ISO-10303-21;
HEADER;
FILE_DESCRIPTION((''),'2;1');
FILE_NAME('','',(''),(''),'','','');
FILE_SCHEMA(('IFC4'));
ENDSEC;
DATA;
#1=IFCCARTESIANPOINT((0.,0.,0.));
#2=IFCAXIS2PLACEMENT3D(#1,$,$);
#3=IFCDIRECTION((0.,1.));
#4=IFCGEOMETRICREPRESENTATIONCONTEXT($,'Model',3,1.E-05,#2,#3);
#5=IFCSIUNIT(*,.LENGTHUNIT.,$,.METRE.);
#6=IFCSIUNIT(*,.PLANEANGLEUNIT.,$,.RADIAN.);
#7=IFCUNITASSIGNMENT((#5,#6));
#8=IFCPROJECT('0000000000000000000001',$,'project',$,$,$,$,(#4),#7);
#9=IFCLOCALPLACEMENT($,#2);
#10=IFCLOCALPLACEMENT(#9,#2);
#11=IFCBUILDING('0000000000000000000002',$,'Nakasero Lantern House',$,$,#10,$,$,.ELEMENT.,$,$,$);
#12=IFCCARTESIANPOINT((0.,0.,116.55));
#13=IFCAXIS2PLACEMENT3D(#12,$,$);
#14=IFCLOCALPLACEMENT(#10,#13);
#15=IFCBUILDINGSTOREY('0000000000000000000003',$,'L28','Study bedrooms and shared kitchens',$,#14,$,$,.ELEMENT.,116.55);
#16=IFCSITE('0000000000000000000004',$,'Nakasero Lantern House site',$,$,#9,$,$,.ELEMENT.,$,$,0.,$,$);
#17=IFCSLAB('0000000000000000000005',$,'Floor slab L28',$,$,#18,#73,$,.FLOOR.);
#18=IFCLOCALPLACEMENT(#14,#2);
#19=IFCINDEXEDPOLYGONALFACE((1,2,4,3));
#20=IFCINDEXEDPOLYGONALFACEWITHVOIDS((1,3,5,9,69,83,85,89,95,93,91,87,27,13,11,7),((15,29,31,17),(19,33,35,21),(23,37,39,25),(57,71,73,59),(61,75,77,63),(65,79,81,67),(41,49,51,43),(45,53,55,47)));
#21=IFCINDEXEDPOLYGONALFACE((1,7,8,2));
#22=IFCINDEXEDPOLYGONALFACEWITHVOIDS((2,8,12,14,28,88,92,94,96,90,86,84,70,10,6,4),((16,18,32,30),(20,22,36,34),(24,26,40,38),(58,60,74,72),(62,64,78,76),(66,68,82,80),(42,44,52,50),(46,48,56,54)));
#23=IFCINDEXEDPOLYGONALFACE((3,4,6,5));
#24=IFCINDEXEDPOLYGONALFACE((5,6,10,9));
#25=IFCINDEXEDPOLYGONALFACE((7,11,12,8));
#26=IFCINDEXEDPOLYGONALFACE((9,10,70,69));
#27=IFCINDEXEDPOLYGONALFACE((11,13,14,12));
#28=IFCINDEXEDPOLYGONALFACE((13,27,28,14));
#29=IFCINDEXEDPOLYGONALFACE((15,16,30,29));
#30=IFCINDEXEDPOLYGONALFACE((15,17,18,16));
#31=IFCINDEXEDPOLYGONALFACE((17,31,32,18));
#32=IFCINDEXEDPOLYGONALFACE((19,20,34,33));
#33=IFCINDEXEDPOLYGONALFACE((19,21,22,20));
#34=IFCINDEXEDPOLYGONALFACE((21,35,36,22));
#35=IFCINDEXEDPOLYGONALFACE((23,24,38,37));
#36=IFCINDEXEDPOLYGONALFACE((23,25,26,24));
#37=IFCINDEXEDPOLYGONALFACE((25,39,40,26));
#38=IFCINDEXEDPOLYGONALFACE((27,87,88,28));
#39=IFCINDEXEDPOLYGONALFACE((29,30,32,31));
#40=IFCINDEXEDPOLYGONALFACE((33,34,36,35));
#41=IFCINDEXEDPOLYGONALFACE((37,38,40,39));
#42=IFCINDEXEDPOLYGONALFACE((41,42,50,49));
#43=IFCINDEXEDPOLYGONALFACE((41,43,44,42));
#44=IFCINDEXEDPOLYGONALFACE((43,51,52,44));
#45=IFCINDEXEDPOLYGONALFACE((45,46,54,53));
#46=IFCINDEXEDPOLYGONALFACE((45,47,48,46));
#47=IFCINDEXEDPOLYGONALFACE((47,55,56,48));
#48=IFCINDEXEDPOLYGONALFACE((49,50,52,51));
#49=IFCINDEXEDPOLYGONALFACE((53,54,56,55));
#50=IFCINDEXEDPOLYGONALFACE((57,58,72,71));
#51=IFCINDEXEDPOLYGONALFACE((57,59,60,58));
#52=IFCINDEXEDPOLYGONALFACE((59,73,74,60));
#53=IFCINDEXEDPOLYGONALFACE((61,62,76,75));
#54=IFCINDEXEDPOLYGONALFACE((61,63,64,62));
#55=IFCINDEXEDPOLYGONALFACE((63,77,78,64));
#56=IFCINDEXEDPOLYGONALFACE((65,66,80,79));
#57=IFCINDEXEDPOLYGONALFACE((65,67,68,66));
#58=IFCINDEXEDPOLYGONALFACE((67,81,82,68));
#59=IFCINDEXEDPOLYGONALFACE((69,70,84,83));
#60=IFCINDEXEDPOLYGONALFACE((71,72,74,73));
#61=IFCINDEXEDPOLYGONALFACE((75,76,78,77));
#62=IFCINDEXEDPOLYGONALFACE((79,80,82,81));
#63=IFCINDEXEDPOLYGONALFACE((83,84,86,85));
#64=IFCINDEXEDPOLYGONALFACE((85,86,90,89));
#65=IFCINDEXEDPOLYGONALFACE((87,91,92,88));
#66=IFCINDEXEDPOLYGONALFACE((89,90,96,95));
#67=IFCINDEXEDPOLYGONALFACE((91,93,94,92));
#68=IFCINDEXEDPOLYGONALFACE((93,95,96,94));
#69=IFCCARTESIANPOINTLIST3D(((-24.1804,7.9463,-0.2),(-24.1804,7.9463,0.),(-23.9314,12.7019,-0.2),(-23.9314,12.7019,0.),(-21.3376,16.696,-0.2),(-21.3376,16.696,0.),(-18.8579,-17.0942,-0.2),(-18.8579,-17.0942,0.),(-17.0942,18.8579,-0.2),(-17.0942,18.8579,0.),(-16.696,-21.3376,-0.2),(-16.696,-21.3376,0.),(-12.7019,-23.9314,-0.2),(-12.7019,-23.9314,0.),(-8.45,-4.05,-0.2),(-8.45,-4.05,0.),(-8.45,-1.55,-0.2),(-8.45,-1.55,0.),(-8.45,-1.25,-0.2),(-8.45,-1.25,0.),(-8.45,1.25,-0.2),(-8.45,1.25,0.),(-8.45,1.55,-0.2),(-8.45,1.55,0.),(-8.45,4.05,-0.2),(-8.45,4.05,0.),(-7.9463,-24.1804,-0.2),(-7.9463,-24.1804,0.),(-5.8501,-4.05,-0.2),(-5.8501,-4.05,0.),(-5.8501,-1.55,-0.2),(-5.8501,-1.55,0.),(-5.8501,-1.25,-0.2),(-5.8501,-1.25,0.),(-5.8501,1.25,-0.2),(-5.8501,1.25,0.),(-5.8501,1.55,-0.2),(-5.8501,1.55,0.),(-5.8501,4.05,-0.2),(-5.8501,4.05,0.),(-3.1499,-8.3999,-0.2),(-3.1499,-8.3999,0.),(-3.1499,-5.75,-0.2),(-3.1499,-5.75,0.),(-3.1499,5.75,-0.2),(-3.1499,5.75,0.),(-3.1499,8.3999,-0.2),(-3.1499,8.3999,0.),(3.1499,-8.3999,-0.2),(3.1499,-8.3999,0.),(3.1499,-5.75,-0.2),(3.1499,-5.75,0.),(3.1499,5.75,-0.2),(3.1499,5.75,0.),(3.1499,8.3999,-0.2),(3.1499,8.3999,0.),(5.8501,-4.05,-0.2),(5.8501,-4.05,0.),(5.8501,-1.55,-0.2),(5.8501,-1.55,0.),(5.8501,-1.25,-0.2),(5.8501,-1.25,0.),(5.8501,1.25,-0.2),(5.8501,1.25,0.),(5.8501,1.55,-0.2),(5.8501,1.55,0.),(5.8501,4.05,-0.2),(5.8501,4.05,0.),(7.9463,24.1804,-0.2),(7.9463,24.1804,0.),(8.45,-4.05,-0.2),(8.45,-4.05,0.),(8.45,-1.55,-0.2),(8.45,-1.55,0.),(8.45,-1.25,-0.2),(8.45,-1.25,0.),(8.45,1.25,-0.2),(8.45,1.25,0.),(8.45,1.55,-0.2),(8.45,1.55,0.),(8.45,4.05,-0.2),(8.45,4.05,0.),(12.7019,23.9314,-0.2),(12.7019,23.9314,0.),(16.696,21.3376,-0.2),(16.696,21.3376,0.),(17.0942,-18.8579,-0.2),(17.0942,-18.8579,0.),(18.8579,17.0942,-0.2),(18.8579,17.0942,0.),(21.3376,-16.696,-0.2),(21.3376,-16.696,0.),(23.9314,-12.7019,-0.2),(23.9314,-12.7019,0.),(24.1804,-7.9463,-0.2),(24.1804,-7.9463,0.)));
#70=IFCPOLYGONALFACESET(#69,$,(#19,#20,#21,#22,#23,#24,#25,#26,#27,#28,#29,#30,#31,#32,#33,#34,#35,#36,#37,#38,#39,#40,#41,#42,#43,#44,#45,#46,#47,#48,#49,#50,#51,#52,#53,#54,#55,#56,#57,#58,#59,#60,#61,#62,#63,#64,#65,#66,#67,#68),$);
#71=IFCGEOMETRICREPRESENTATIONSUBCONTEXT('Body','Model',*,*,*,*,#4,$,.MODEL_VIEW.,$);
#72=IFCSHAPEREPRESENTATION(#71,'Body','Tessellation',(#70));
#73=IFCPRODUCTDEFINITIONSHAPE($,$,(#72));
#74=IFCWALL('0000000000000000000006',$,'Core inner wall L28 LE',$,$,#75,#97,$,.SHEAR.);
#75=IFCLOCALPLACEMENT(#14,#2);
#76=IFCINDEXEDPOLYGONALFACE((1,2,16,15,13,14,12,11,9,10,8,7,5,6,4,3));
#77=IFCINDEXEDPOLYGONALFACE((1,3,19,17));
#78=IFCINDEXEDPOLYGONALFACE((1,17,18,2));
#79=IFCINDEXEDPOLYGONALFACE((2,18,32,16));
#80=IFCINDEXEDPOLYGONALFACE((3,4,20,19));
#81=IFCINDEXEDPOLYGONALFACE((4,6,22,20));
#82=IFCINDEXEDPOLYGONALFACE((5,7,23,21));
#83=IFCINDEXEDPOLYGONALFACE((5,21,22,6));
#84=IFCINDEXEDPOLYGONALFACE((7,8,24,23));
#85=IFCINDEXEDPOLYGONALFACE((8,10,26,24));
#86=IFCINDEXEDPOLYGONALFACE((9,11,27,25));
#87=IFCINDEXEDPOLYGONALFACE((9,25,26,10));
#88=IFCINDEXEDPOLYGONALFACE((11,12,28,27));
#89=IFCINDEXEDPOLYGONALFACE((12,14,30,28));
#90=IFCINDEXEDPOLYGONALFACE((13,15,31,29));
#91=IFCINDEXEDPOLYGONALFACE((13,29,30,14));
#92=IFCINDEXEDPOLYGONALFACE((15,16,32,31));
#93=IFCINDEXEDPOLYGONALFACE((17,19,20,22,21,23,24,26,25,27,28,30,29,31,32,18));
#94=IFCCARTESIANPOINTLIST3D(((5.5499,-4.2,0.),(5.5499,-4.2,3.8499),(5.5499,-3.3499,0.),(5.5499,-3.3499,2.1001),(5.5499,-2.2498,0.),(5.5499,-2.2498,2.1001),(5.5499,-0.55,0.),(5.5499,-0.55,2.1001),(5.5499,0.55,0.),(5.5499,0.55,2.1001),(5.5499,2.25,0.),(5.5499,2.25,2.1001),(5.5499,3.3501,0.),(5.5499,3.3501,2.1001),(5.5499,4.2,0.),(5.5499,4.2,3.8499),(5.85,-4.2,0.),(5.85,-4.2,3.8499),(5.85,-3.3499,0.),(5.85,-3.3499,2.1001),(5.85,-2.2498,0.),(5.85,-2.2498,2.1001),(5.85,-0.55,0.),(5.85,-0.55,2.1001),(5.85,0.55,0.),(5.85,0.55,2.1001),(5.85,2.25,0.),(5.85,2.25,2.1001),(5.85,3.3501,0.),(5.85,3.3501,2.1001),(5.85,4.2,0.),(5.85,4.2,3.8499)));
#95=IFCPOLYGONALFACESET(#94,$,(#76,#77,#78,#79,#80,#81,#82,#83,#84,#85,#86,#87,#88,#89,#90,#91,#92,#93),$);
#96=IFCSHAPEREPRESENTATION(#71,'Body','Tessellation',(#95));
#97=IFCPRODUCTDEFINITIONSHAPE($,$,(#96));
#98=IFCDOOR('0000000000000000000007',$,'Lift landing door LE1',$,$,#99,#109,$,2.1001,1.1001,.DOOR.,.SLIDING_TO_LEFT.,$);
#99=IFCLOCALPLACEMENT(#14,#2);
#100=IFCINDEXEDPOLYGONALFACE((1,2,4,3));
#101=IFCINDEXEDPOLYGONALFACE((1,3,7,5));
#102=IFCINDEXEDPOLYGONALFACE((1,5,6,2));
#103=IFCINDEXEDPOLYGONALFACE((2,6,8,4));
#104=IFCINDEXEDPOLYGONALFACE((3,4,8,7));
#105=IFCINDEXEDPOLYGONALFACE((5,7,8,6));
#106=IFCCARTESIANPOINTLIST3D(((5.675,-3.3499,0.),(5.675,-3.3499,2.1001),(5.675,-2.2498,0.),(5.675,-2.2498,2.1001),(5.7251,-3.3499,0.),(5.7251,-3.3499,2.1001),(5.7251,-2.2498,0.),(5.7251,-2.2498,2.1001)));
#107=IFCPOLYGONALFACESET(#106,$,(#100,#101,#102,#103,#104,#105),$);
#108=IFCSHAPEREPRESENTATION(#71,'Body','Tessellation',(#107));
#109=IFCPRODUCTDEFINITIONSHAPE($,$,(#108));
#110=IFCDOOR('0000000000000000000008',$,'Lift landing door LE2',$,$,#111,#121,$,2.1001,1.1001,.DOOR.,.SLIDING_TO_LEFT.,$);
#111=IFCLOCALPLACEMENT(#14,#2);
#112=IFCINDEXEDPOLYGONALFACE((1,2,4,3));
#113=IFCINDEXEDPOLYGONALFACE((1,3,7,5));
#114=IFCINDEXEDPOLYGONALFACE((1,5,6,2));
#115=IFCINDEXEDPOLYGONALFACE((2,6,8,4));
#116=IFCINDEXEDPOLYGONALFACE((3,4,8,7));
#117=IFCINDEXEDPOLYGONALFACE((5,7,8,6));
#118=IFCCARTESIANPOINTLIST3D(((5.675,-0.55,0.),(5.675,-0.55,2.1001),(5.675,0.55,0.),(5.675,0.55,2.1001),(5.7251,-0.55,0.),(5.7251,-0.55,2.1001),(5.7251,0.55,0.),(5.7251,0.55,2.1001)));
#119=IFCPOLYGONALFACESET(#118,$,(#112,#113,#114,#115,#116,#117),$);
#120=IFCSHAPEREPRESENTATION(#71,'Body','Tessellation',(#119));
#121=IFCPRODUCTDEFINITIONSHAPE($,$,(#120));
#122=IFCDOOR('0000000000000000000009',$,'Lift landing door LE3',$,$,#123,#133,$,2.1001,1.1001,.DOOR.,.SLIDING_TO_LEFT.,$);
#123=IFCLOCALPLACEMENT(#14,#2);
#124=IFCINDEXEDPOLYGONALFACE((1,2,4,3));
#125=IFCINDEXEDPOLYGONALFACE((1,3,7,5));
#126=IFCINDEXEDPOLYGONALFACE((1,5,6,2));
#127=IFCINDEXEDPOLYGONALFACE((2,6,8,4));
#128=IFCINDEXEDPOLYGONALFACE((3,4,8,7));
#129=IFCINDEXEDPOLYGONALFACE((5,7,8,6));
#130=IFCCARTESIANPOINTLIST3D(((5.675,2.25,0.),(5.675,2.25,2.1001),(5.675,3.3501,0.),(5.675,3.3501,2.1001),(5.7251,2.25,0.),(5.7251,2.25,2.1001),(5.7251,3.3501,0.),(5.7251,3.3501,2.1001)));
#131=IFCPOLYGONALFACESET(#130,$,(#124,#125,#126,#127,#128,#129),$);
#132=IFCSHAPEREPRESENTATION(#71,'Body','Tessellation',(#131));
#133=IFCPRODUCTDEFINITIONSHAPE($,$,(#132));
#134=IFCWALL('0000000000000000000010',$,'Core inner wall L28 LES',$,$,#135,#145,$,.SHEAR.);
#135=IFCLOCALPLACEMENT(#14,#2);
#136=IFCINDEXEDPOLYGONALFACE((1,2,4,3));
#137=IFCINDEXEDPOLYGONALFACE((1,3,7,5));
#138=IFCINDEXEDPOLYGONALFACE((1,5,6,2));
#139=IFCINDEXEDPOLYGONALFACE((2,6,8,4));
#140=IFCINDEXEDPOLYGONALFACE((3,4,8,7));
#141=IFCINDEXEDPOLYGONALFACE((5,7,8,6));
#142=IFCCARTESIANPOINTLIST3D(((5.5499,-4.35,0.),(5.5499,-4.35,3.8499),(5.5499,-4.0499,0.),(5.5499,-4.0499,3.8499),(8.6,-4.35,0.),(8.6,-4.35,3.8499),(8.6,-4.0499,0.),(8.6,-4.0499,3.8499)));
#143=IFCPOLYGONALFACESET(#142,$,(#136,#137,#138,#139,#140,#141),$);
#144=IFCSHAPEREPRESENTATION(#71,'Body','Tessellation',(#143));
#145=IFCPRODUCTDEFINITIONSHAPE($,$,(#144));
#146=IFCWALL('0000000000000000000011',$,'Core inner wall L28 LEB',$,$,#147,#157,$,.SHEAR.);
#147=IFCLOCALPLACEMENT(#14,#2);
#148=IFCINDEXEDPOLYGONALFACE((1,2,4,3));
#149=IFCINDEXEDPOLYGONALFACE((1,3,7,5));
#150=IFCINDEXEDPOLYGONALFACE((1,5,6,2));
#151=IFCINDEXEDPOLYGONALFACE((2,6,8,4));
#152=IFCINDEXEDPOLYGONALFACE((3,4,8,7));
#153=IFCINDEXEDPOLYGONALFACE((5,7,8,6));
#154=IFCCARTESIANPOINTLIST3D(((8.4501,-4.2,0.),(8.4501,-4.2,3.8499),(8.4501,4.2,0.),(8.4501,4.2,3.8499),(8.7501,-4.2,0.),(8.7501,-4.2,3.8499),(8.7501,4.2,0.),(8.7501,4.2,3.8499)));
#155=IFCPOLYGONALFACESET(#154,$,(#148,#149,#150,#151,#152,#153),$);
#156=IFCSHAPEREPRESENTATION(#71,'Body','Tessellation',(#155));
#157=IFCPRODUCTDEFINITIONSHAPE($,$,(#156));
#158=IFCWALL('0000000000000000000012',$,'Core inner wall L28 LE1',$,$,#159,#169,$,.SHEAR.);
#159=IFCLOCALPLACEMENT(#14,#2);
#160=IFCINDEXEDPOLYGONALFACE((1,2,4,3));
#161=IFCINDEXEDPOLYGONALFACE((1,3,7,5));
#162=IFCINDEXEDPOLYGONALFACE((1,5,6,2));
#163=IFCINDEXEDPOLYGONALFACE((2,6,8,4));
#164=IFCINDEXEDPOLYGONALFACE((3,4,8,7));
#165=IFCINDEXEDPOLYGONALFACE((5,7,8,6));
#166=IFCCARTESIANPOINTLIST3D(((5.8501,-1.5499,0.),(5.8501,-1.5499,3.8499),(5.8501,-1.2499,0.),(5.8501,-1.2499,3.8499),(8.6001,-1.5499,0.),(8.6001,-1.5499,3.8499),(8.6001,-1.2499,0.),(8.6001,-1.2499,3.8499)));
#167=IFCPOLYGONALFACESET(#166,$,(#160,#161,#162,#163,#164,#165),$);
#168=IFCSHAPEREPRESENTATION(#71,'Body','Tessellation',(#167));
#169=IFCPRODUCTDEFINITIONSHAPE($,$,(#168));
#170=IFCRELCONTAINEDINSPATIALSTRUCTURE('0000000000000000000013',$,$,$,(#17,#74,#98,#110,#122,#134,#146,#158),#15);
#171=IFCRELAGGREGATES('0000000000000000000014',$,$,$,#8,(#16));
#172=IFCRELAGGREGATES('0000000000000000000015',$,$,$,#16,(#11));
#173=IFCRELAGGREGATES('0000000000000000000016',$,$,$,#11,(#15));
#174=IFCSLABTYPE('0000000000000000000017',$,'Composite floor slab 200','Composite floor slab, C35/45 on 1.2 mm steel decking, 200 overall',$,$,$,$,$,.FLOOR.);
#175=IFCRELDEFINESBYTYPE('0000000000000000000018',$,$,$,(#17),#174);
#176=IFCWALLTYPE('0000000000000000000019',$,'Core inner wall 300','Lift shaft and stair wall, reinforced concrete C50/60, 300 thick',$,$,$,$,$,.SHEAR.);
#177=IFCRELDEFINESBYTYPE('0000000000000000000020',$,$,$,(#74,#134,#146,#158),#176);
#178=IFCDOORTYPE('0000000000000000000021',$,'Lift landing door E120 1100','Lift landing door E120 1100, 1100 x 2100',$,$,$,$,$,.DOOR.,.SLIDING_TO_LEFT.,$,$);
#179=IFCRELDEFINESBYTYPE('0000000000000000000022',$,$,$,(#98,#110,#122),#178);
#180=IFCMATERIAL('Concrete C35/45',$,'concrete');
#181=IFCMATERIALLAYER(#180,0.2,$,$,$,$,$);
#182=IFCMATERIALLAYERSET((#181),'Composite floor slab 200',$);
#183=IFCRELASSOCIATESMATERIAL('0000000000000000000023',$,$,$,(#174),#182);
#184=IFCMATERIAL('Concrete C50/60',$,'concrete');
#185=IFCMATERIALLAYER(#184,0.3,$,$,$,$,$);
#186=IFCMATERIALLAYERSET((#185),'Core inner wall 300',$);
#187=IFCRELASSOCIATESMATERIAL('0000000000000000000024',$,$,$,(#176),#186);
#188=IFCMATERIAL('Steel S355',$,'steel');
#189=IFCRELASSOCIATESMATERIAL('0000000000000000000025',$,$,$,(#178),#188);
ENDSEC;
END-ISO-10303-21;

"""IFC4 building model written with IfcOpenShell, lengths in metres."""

from ifc_helpers import new_model, si_unit, direction, frame, frame_2d, origin, place, context, subcontext, project, spatial, polyline, rectangle, outline, extrude, material, layer, layer_set, type_object, element, fill, save


model = new_model("IFC4")

# Units and contexts
model_context = context("Model", 3, precision=1e-05, world=origin(), true_north=direction((0.0, 1.0)))
body_context = subcontext(model_context, "Body", "Model", "MODEL_VIEW")
ifc_project = project(units=[si_unit("LENGTHUNIT", "METRE"), si_unit("PLANEANGLEUNIT", "RADIAN")], contexts=[model_context])

# Site, building, storey
site_placement = place(None, origin())
site = spatial("IfcSite", under=ifc_project, at=site_placement, Name="Nakasero Lantern House site", CompositionType="ELEMENT", RefElevation=0.0)
building_placement = place(site_placement, origin())
building = spatial("IfcBuilding", under=site, at=building_placement, Name="Nakasero Lantern House", CompositionType="ELEMENT")
storey_placement = place(building_placement, frame((0.0, 0.0, 116.55)))
storey = spatial("IfcBuildingStorey", under=building, at=storey_placement, Name="L28", Description="Study bedrooms and shared kitchens", CompositionType="ELEMENT", Elevation=116.55)

# Slab
ifc_material_1 = material(Name="Concrete C35/45", Category="concrete")
ifc_layer_1 = layer(ifc_material_1, 0.2)
ifc_layer_set_1 = layer_set([ifc_layer_1], Name="Composite floor slab 200")
slab_type_1 = type_object("IfcSlabType", Name="Composite floor slab 200", Description="Composite floor slab, C35/45 on 1.2 mm steel decking, 200 overall", PredefinedType="FLOOR", material=ifc_layer_set_1)
slab_1_placement = place(storey_placement, frame((0.0, 0.0, -0.2)))
element("IfcSlab", 1, at=slab_1_placement, inside=storey, type_object=slab_type_1, Name="Floor slab L28", PredefinedType="FLOOR", context=body_context, shape_type="SweptSolid", body=[
    extrude(outline(polyline([(18.8579, 17.0942), (16.696, 21.3376), (12.7019, 23.9314), (7.9463, 24.1804), (-17.0942, 18.8579), (-21.3376, 16.696), (-23.9314, 12.7019), (-24.1804, 7.9463), (-18.8579, -17.0942), (-16.696, -21.3376), (-12.7019, -23.9314), (-7.9463, -24.1804), (17.0942, -18.8579), (21.3376, -16.696), (23.9314, -12.7019), (24.1804, -7.9463), (18.8579, 17.0942)]), holes=[polyline([(-8.45, -4.05), (-5.8501, -4.05), (-5.8501, -1.55), (-8.45, -1.55), (-8.45, -4.05)]), polyline([(-8.45, -1.25), (-5.8501, -1.25), (-5.8501, 1.25), (-8.45, 1.25), (-8.45, -1.25)]), polyline([(-8.45, 1.55), (-5.8501, 1.55), (-5.8501, 4.05), (-8.45, 4.05), (-8.45, 1.55)]), polyline([(5.8501, -4.05), (8.45, -4.05), (8.45, -1.55), (5.8501, -1.55), (5.8501, -4.05)]), polyline([(5.8501, -1.25), (8.45, -1.25), (8.45, 1.25), (5.8501, 1.25), (5.8501, -1.25)]), polyline([(5.8501, 1.55), (8.45, 1.55), (8.45, 4.05), (5.8501, 4.05), (5.8501, 1.55)]), polyline([(-3.1499, 5.75), (3.1499, 5.75), (3.1499, 8.3999), (-3.1499, 8.3999), (-3.1499, 5.75)]), polyline([(-3.1499, -8.3999), (3.1499, -8.3999), (3.1499, -5.75), (-3.1499, -5.75), (-3.1499, -8.3999)])]), origin(), (0.0, 0.0, 1.0), 0.2),
])

# Wall, openings, doors
ifc_material_2 = material(Name="Concrete C50/60", Category="concrete")
ifc_layer_2 = layer(ifc_material_2, 0.3)
ifc_layer_set_2 = layer_set([ifc_layer_2], Name="Core inner wall 300")
wall_type_1 = type_object("IfcWallType", Name="Core inner wall 300", Description="Lift shaft and stair wall, reinforced concrete C50/60, 300 thick", PredefinedType="SHEAR", material=ifc_layer_set_2)
wall_1_placement = place(storey_placement, frame((5.7, -4.2, 0.0), z_axis=(0.0, 0.0, 1.0), x_axis=(0.0, 1.0, 0.0)))
wall_1 = element("IfcWall", 2, at=wall_1_placement, inside=storey, type_object=wall_type_1, Name="Core inner wall L28 LE", PredefinedType="SHEAR", context=body_context, shape_type="SweptSolid", body=[
    extrude(rectangle(XDim=8.3999, YDim=0.3, at=frame_2d((4.2, 0.0))), origin(), (0.0, 0.0, 1.0), 3.8499),
])
opening_1_placement = place(wall_1_placement, frame((0.8501, 0.0, 0.0)))
opening_1 = element("IfcOpeningElement", 3, at=opening_1_placement, cuts=wall_1, PredefinedType="OPENING", context=body_context, shape_type="SweptSolid", body=[
    extrude(rectangle(XDim=1.1001, YDim=2.1001, at=frame_2d((0.55, 1.05))), frame((0.0, 0.1699, 0.0), z_axis=(0.0, -1.0, 0.0), x_axis=(1.0, 0.0, 0.0)), (0.0, 0.0, 1.0), 0.3401),
])
opening_2_placement = place(wall_1_placement, frame((3.6499, 0.0, 0.0)))
opening_2 = element("IfcOpeningElement", 4, at=opening_2_placement, cuts=wall_1, PredefinedType="OPENING", context=body_context, shape_type="SweptSolid", body=[
    extrude(rectangle(XDim=1.1001, YDim=2.1001, at=frame_2d((0.55, 1.05))), frame((0.0, 0.1699, 0.0), z_axis=(0.0, -1.0, 0.0), x_axis=(1.0, 0.0, 0.0)), (0.0, 0.0, 1.0), 0.3401),
])
opening_3_placement = place(wall_1_placement, frame((6.45, 0.0, 0.0)))
opening_3 = element("IfcOpeningElement", 5, at=opening_3_placement, cuts=wall_1, PredefinedType="OPENING", context=body_context, shape_type="SweptSolid", body=[
    extrude(rectangle(XDim=1.1001, YDim=2.1001, at=frame_2d((0.55, 1.05))), frame((0.0, 0.1699, 0.0), z_axis=(0.0, -1.0, 0.0), x_axis=(1.0, 0.0, 0.0)), (0.0, 0.0, 1.0), 0.3401),
])
ifc_material_3 = material(Name="Steel S355", Category="steel")
door_type_1 = type_object("IfcDoorType", Name="Lift landing door E120 1100", Description="Lift landing door E120 1100, 1100 x 2100", OperationType="SLIDING_TO_LEFT", PredefinedType="DOOR", material=ifc_material_3)
door_1_placement = place(opening_1_placement, origin())
door_1 = element("IfcDoor", 6, at=door_1_placement, inside=storey, type_object=door_type_1, Name="Lift landing door LE1", OperationType="SLIDING_TO_LEFT", OverallHeight=2.1001, OverallWidth=1.1001, PredefinedType="DOOR", context=body_context, shape_type="SweptSolid", body=[
    extrude(rectangle(XDim=1.1001, YDim=2.1001, at=frame_2d((0.55, 1.05))), frame((0.0, 0.0249, 0.0), z_axis=(0.0, -1.0, 0.0), x_axis=(1.0, 0.0, 0.0)), (0.0, 0.0, 1.0), 0.05),
])
fill(opening_1, door_1)
door_2_placement = place(opening_2_placement, origin())
door_2 = element("IfcDoor", 7, at=door_2_placement, inside=storey, type_object=door_type_1, Name="Lift landing door LE2", OperationType="SLIDING_TO_LEFT", OverallHeight=2.1001, OverallWidth=1.1001, PredefinedType="DOOR", context=body_context, shape_type="SweptSolid", body=[
    extrude(rectangle(XDim=1.1001, YDim=2.1001, at=frame_2d((0.55, 1.05))), frame((0.0, 0.0249, 0.0), z_axis=(0.0, -1.0, 0.0), x_axis=(1.0, 0.0, 0.0)), (0.0, 0.0, 1.0), 0.05),
])
fill(opening_2, door_2)
door_3_placement = place(opening_3_placement, origin())
door_3 = element("IfcDoor", 8, at=door_3_placement, inside=storey, type_object=door_type_1, Name="Lift landing door LE3", OperationType="SLIDING_TO_LEFT", OverallHeight=2.1001, OverallWidth=1.1001, PredefinedType="DOOR", context=body_context, shape_type="SweptSolid", body=[
    extrude(rectangle(XDim=1.1001, YDim=2.1001, at=frame_2d((0.55, 1.05))), frame((0.0, 0.0249, 0.0), z_axis=(0.0, -1.0, 0.0), x_axis=(1.0, 0.0, 0.0)), (0.0, 0.0, 1.0), 0.05),
])
fill(opening_3, door_3)

# Walls
wall_2_placement = place(storey_placement, frame((5.55, -4.2, 0.0), z_axis=(0.0, 0.0, 1.0), x_axis=(1.0, 0.0, 0.0)))
element("IfcWall", 9, at=wall_2_placement, inside=storey, type_object=wall_type_1, Name="Core inner wall L28 LES", PredefinedType="SHEAR", context=body_context, shape_type="SweptSolid", body=[
    extrude(rectangle(XDim=3.05, YDim=0.3, at=frame_2d((1.5249, 0.0))), origin(), (0.0, 0.0, 1.0), 3.8499),
])
wall_3_placement = place(storey_placement, frame((8.6001, -4.2, 0.0), z_axis=(0.0, 0.0, 1.0), x_axis=(0.0, 1.0, 0.0)))
element("IfcWall", 10, at=wall_3_placement, inside=storey, type_object=wall_type_1, Name="Core inner wall L28 LEB", PredefinedType="SHEAR", context=body_context, shape_type="SweptSolid", body=[
    extrude(rectangle(XDim=8.3999, YDim=0.3, at=frame_2d((4.2, 0.0))), origin(), (0.0, 0.0, 1.0), 3.8499),
])
wall_4_placement = place(storey_placement, frame((5.8501, -1.3999, 0.0), z_axis=(0.0, 0.0, 1.0), x_axis=(1.0, 0.0, 0.0)))
element("IfcWall", 11, at=wall_4_placement, inside=storey, type_object=wall_type_1, Name="Core inner wall L28 LE1", PredefinedType="SHEAR", context=body_context, shape_type="SweptSolid", body=[
    extrude(rectangle(XDim=2.75, YDim=0.3, at=frame_2d((1.375, 0.0))), origin(), (0.0, 0.0, 1.0), 3.8499),
])

save(model, "model.ifc")
